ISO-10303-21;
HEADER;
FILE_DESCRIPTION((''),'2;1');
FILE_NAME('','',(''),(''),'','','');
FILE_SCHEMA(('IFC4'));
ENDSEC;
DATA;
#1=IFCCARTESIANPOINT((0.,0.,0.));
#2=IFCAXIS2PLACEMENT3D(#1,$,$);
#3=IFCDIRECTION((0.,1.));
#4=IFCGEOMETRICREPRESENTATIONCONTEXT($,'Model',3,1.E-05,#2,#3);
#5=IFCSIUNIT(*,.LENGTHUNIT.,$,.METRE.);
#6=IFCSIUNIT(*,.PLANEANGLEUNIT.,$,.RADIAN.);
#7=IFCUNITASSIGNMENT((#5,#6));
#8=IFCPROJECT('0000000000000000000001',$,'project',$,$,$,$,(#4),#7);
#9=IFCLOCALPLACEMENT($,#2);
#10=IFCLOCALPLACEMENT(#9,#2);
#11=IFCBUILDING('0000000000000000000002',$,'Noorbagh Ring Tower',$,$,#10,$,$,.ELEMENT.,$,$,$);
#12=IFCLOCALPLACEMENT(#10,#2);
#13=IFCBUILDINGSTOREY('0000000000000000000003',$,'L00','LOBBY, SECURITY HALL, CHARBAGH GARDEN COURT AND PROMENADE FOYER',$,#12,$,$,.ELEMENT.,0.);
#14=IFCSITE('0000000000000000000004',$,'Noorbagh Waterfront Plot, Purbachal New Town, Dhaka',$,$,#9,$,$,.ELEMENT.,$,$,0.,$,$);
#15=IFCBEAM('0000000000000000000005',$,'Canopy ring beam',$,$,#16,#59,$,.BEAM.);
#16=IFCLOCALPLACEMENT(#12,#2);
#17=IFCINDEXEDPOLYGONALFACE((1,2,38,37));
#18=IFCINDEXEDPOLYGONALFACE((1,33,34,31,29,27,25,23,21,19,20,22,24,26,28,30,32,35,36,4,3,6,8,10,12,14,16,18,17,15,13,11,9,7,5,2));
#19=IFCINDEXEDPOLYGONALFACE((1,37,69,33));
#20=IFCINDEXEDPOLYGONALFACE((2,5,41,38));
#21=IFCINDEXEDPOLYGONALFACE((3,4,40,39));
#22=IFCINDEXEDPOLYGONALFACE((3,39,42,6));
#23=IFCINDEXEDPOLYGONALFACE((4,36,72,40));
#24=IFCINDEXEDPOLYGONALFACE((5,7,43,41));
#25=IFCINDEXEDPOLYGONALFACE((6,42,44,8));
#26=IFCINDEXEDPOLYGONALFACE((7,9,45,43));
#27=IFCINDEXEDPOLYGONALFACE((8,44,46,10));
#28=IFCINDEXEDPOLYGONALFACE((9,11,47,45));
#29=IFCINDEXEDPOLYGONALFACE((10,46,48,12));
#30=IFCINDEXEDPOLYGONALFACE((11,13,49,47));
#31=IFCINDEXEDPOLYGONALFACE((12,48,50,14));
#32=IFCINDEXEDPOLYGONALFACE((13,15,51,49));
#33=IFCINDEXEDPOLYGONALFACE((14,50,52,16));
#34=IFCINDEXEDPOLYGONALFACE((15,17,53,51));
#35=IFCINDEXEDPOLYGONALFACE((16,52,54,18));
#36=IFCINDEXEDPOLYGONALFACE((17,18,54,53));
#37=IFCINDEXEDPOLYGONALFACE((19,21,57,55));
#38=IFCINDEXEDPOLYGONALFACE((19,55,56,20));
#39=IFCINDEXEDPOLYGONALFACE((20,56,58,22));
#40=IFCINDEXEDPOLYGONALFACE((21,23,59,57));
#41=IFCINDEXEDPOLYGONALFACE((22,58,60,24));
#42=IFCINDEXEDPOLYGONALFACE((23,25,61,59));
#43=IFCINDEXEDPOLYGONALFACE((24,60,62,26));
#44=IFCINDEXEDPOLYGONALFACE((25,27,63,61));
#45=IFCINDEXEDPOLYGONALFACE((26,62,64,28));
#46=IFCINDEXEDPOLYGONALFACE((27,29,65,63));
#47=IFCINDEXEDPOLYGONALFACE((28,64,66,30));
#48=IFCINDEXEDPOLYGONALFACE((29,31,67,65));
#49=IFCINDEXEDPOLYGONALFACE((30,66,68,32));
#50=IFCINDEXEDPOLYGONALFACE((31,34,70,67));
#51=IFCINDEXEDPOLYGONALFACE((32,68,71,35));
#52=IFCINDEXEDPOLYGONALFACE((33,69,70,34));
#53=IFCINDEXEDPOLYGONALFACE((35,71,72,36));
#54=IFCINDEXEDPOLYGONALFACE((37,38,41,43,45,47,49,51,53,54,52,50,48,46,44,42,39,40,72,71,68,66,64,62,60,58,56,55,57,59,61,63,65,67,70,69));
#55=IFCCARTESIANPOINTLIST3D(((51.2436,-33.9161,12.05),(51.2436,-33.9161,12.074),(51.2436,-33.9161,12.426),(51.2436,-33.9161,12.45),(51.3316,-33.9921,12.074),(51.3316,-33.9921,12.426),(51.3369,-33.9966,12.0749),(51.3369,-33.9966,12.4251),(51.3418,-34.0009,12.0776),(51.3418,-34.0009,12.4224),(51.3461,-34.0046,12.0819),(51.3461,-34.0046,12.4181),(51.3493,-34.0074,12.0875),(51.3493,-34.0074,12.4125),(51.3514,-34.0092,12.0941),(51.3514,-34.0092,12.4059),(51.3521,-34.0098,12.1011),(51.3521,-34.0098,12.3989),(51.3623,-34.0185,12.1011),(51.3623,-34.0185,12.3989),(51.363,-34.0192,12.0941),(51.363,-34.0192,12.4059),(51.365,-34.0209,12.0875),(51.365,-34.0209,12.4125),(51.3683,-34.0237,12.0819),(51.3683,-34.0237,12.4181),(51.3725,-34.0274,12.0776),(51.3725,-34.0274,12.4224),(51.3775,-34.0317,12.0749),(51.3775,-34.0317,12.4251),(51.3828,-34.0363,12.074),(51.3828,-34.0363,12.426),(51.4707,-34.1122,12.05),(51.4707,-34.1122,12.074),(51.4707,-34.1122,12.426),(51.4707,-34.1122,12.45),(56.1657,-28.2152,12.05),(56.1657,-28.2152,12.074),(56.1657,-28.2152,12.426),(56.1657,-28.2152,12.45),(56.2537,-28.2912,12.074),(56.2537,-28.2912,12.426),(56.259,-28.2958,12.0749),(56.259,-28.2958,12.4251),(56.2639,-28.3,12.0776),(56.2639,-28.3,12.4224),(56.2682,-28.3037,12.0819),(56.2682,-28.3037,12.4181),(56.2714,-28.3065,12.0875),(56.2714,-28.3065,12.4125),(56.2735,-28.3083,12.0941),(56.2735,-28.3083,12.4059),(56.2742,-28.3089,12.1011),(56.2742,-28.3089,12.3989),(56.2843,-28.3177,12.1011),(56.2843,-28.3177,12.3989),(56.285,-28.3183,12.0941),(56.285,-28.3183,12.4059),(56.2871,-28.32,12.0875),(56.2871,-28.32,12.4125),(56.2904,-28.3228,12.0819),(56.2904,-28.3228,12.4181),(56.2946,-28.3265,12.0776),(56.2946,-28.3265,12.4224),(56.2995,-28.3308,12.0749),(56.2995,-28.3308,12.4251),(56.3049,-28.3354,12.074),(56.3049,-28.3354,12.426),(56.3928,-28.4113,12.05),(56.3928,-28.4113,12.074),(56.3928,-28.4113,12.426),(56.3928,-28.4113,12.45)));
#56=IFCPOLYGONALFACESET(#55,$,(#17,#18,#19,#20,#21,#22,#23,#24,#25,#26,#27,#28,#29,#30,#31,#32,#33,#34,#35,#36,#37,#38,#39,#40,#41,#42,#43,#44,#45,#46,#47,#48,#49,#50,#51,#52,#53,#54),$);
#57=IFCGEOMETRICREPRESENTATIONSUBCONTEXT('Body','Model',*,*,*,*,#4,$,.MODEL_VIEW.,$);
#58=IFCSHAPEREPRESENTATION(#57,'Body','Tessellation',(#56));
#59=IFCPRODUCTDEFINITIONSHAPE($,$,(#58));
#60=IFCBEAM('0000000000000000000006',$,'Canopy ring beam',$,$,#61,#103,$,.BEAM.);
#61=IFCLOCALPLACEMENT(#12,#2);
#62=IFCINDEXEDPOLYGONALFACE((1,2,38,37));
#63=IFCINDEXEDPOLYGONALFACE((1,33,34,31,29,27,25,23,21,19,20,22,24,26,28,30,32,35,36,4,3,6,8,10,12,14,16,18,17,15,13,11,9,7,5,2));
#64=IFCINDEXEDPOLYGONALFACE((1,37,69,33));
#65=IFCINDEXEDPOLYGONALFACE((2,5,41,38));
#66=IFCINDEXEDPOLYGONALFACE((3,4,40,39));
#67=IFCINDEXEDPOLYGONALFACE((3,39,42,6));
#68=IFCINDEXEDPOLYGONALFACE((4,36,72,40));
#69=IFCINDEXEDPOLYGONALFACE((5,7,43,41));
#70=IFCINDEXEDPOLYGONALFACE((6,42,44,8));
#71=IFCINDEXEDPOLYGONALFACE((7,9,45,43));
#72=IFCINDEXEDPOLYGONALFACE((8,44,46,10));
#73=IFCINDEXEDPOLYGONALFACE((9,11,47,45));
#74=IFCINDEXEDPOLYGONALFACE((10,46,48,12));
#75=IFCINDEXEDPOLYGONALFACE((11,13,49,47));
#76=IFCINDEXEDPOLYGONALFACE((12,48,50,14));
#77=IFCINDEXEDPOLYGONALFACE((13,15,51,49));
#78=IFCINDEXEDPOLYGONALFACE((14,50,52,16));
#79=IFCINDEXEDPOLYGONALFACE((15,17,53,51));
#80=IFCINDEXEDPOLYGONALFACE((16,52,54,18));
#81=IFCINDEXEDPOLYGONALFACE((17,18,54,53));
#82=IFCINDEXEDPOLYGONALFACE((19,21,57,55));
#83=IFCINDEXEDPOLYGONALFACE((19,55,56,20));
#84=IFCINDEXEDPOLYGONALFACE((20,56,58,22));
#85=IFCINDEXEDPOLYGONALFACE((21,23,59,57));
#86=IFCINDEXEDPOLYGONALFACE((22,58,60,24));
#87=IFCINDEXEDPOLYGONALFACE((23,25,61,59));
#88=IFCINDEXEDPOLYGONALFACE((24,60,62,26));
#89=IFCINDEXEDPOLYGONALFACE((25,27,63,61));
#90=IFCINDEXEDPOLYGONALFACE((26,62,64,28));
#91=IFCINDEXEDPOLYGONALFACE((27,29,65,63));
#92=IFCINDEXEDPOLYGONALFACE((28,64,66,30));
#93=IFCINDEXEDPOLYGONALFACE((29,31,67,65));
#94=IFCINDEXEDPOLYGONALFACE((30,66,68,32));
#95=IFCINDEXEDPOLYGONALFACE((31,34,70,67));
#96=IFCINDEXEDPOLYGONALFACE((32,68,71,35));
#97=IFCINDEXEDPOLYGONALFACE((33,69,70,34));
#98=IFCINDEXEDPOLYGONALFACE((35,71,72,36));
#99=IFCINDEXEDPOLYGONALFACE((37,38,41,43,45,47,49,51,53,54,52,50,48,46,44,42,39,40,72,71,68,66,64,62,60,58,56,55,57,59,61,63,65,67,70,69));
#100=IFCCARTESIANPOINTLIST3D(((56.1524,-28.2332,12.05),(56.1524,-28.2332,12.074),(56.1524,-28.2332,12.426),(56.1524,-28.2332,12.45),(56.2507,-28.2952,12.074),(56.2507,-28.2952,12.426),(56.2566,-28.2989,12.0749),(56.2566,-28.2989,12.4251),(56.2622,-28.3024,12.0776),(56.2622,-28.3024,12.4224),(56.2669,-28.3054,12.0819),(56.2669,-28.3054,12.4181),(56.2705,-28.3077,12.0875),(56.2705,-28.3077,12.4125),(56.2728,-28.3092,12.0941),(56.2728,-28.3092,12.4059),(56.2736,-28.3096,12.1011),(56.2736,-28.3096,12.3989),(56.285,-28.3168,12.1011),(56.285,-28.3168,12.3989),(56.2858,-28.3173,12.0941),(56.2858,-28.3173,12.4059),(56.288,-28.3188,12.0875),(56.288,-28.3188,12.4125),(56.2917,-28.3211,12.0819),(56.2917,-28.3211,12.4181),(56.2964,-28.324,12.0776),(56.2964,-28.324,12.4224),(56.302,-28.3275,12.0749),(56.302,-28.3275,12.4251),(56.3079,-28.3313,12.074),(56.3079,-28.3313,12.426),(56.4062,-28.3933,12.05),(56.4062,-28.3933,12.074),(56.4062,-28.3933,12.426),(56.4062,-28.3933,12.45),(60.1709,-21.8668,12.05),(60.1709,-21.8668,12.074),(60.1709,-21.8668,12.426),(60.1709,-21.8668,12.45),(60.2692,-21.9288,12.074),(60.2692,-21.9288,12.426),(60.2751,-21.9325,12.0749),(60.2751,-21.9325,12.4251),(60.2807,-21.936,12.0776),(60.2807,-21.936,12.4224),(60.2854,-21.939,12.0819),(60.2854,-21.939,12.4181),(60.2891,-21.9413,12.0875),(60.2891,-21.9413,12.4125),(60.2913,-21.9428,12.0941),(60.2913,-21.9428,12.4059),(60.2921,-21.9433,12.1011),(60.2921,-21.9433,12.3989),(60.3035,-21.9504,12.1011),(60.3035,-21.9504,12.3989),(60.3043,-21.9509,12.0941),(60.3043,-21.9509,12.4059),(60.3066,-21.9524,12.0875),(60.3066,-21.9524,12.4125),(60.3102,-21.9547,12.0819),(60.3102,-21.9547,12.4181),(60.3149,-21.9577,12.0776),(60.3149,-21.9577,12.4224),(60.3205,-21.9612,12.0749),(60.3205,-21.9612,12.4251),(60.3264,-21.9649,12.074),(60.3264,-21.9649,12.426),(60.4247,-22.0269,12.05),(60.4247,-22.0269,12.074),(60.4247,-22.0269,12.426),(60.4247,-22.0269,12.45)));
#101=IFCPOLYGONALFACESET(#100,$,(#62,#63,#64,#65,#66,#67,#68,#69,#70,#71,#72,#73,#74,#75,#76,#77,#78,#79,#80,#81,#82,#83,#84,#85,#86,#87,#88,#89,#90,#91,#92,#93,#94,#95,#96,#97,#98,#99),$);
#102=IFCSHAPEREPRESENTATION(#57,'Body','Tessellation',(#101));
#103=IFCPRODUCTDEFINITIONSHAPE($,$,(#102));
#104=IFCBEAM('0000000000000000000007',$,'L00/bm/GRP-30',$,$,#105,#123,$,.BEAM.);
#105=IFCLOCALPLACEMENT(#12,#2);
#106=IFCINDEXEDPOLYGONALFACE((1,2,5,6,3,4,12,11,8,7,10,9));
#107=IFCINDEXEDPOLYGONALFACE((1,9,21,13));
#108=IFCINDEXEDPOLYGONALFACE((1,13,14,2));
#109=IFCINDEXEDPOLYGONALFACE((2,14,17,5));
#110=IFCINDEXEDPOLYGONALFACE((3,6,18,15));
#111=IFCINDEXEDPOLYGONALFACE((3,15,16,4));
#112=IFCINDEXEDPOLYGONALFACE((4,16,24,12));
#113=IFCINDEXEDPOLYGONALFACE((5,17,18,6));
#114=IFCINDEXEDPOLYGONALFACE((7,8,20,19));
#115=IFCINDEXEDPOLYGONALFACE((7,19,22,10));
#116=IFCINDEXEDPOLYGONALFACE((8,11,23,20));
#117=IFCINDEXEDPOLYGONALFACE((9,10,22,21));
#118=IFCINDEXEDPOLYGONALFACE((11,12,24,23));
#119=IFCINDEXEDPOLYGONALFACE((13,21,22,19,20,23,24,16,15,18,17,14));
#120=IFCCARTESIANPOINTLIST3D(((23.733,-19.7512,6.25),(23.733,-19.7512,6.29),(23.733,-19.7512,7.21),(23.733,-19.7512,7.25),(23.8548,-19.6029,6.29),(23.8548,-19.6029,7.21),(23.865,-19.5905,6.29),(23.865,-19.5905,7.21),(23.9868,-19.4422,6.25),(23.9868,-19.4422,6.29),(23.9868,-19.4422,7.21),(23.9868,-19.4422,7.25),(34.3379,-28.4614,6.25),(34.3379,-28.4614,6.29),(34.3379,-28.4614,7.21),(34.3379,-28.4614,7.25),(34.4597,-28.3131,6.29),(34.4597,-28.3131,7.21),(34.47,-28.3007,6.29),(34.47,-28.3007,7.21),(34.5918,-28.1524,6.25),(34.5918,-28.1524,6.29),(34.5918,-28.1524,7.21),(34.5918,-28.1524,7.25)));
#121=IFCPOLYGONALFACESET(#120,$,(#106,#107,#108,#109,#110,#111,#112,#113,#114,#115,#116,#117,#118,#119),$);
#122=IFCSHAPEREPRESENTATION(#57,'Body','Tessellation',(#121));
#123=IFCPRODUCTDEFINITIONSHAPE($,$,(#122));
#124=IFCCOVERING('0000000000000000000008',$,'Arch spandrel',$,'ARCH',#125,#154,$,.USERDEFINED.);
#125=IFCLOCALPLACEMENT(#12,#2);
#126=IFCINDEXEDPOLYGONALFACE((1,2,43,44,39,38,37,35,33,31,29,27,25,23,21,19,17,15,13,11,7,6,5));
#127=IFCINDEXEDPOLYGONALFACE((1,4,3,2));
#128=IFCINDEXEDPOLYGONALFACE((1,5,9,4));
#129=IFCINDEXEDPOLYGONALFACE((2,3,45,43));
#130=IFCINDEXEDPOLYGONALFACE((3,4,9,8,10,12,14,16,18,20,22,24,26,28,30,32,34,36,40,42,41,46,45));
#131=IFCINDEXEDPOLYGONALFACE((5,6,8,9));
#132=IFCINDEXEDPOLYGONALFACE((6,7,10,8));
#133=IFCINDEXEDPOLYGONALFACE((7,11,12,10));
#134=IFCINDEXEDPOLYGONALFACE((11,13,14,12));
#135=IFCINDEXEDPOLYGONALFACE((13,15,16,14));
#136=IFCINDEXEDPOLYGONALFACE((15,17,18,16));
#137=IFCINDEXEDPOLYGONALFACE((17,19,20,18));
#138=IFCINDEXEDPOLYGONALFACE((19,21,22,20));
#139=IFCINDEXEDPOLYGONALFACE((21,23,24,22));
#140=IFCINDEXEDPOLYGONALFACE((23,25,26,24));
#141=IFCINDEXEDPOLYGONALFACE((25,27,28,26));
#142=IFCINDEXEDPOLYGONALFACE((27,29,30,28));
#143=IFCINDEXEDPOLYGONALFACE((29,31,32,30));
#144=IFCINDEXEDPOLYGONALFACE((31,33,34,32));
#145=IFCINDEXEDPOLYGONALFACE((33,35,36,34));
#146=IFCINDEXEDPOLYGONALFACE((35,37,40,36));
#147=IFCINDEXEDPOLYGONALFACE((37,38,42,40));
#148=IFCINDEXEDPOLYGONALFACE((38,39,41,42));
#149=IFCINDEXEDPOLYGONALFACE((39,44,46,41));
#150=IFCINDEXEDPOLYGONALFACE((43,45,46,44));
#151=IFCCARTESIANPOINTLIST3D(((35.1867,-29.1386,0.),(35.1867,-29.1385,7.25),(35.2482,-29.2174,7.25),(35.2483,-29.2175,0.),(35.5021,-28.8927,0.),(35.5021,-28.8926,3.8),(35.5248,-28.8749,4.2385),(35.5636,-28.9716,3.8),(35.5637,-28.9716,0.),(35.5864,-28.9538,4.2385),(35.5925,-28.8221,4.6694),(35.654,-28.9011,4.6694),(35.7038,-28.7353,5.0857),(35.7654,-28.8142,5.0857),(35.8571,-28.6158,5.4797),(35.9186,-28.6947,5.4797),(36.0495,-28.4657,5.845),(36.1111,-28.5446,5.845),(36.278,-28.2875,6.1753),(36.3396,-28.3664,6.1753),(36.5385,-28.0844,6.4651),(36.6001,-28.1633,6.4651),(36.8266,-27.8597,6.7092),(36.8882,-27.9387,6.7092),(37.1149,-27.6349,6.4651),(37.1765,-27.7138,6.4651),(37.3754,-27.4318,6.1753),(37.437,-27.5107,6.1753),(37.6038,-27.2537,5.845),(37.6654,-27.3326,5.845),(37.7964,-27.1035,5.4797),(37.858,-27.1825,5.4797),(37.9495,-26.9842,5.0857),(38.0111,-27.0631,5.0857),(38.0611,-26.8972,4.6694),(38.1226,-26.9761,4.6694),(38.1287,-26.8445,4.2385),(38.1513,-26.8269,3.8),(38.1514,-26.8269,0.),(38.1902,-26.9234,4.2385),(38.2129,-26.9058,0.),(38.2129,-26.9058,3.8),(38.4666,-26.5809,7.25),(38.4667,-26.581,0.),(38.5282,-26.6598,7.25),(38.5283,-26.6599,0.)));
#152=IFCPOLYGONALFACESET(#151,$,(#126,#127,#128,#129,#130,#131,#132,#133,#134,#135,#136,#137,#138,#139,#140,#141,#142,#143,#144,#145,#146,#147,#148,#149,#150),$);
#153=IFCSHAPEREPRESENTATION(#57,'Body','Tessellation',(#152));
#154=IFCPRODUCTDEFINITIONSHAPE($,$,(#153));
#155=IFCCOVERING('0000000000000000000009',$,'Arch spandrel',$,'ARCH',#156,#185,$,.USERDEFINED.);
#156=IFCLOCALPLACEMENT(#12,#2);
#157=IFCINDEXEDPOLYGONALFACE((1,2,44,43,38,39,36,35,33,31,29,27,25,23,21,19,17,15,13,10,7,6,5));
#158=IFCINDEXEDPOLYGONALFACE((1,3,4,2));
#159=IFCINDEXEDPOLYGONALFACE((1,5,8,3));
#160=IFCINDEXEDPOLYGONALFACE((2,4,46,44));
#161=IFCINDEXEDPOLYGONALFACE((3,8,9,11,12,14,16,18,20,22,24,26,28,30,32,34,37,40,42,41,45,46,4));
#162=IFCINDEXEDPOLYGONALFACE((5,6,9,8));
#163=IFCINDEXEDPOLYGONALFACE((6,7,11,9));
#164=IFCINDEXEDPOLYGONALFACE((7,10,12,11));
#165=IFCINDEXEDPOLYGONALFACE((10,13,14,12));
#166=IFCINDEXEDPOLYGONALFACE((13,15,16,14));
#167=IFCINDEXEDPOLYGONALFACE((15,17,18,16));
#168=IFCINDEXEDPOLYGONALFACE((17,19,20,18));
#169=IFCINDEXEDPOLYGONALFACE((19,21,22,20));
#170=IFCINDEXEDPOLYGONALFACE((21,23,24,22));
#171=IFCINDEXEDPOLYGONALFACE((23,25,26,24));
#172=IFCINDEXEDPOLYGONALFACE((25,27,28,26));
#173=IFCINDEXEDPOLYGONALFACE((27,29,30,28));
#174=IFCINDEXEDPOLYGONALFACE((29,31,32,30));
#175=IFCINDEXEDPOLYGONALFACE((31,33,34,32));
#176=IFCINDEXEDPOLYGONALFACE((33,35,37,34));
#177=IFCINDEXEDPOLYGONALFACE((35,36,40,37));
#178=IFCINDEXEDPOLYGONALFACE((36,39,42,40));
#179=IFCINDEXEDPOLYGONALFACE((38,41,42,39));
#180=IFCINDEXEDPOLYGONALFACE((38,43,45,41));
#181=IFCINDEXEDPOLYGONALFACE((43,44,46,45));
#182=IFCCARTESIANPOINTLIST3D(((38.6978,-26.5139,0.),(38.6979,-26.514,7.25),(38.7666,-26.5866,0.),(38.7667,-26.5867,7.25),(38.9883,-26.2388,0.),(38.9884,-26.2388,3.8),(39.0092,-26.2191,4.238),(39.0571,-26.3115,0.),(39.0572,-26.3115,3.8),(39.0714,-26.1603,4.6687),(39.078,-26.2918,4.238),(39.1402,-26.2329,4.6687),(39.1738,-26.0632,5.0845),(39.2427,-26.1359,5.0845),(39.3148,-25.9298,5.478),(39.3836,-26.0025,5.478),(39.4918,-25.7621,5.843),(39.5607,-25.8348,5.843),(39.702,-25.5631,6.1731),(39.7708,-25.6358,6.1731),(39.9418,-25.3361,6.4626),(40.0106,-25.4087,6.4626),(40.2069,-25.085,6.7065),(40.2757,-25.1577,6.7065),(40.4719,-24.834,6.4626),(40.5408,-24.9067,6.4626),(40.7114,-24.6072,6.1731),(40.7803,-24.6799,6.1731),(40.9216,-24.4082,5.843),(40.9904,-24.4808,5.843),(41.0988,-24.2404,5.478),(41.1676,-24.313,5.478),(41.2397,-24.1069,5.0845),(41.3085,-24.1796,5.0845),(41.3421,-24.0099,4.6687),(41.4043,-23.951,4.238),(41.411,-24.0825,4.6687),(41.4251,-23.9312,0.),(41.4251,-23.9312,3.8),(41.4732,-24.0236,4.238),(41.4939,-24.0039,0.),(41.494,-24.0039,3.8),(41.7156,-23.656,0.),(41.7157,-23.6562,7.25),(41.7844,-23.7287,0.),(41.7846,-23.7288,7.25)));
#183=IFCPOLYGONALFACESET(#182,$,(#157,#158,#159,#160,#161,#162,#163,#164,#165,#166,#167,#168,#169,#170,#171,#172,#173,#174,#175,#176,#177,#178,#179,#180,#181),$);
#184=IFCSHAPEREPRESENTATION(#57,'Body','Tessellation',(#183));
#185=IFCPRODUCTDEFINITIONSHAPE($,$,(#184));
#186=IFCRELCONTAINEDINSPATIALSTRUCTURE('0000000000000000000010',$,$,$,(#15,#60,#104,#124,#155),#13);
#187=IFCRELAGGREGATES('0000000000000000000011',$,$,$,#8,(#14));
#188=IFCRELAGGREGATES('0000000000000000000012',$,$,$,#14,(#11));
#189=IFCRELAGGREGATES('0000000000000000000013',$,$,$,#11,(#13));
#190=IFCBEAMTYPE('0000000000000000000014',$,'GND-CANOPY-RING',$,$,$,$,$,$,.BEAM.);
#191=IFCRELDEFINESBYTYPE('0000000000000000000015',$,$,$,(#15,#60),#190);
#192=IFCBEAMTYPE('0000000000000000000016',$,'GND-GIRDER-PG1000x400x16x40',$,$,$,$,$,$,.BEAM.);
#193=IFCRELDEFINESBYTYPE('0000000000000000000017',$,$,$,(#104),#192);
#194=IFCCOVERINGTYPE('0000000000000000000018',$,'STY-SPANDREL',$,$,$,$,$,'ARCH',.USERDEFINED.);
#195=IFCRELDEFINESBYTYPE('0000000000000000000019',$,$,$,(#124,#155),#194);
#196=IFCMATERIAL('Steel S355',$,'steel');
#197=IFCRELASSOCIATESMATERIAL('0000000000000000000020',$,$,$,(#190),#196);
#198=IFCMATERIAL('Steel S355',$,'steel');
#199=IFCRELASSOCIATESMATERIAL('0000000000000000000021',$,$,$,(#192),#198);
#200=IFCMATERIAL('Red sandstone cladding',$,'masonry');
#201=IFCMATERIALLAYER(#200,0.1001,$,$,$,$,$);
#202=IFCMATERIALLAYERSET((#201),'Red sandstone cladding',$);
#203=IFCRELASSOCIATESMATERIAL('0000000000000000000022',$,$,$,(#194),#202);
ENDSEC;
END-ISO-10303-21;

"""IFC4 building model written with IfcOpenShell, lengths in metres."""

from ifc_helpers import new_model, si_unit, direction, frame, origin, origin_2d, place, context, subcontext, project, spatial, polyline, i_section, outline, extrude, material, layer, layer_set, material_profile, profile_set, type_object, element, save


model = new_model("IFC4")

# Units and contexts
model_context = context("Model", 3, precision=1e-05, world=origin(), true_north=direction((0.0, 1.0)))
body_context = subcontext(model_context, "Body", "Model", "MODEL_VIEW")
ifc_project = project(units=[si_unit("LENGTHUNIT", "METRE"), si_unit("PLANEANGLEUNIT", "RADIAN")], contexts=[model_context])

# Site, building, storey
site_placement = place(None, origin())
site = spatial("IfcSite", under=ifc_project, at=site_placement, Name="Noorbagh Waterfront Plot, Purbachal New Town, Dhaka", CompositionType="ELEMENT", RefElevation=0.0)
building_placement = place(site_placement, origin())
building = spatial("IfcBuilding", under=site, at=building_placement, Name="Noorbagh Ring Tower", CompositionType="ELEMENT")
storey_placement = place(building_placement, origin())
storey = spatial("IfcBuildingStorey", under=building, at=storey_placement, Name="L00", Description="LOBBY, SECURITY HALL, CHARBAGH GARDEN COURT AND PROMENADE FOYER", CompositionType="ELEMENT", Elevation=0.0)

# Beams
ifc_material_1 = material(Name="Steel S355", Category="steel")
ifc_material_profile_1 = material_profile(ifc_material_1, i_section(OverallWidth=0.3, OverallDepth=0.3999, WebThickness=0.0134, FlangeThickness=0.0239, FilletRadius=0.0271, at=origin_2d()), Name="HEB400")
ifc_profile_set_1 = profile_set([ifc_material_profile_1], Name="Steel S355")
beam_type_1 = type_object("IfcBeamType", Name="GND-CANOPY-RING", PredefinedType="BEAM", material=ifc_profile_set_1)
beam_1_placement = place(storey_placement, frame((51.3572, -34.0142, 12.25), z_axis=(0.653513, 0.756916, 0.0), x_axis=(-0.756916, 0.653513, 0.0)))
element("IfcBeam", 1, at=beam_1_placement, inside=storey, type_object=beam_type_1, Name="Canopy ring beam", PredefinedType="BEAM", context=body_context, shape_type="SweptSolid", body=[
    extrude(i_section(OverallWidth=0.3, OverallDepth=0.3999, WebThickness=0.0134, FlangeThickness=0.0239, FilletRadius=0.0271, at=origin_2d()), origin(), (0.0, 0.0, 1.0), 7.5317),
])
beam_2_placement = place(storey_placement, frame((56.2793, -28.3132, 12.25), z_axis=(0.533768, 0.845631, 0.0), x_axis=(-0.845631, 0.533768, 0.0)))
element("IfcBeam", 2, at=beam_2_placement, inside=storey, type_object=beam_type_1, Name="Canopy ring beam", PredefinedType="BEAM", context=body_context, shape_type="SweptSolid", body=[
    extrude(i_section(OverallWidth=0.3, OverallDepth=0.3999, WebThickness=0.0134, FlangeThickness=0.0239, FilletRadius=0.0271, at=origin_2d()), origin(), (0.0, 0.0, 1.0), 7.5286),
])
ifc_material_2 = material(Name="Steel S355", Category="steel")
ifc_material_profile_2 = material_profile(ifc_material_2, i_section(OverallWidth=0.3999, OverallDepth=1.0, WebThickness=0.0161, FlangeThickness=0.04, at=origin_2d()), Name="PG1000x400x16x40")
ifc_profile_set_2 = profile_set([ifc_material_profile_2], Name="Steel S355")
beam_type_2 = type_object("IfcBeamType", Name="GND-GIRDER-PG1000x400x16x40", PredefinedType="BEAM", material=ifc_profile_set_2)
beam_3_placement = place(storey_placement, frame((34.4648, -28.3069, 6.75), z_axis=(-0.772763, 0.634695, 0.0), x_axis=(-0.634695, -0.772763, 0.0)))
element("IfcBeam", 3, at=beam_3_placement, inside=storey, type_object=beam_type_2, Name="L00/bm/GRP-30", PredefinedType="BEAM", context=body_context, shape_type="SweptSolid", body=[
    extrude(i_section(OverallWidth=0.3999, OverallDepth=1.0, WebThickness=0.0161, FlangeThickness=0.04, at=origin_2d()), origin(), (0.0, 0.0, 1.0), 13.7234),
])

# Coverings
ifc_material_3 = material(Name="Red sandstone cladding", Category="masonry")
ifc_layer_1 = layer(ifc_material_3, 0.1001)
ifc_layer_set_1 = layer_set([ifc_layer_1], Name="Red sandstone cladding")
covering_type = type_object("IfcCoveringType", Name="STY-SPANDREL", ElementType="ARCH", PredefinedType="USERDEFINED", material=ifc_layer_set_1)
covering_1_placement = place(storey_placement, frame((35.2483, -29.2175, 0.0), z_axis=(0.614914, -0.788594, 0.000018), x_axis=(0.788594, 0.614914, 0.0)))
element("IfcCovering", 4, at=covering_1_placement, inside=storey, type_object=covering_type, Name="Arch spandrel", ObjectType="ARCH", PredefinedType="USERDEFINED", context=body_context, shape_type="SweptSolid", body=[
    extrude(outline(polyline([(0.0, 0.0), (0.3999, 0.0), (0.3999, 3.8), (0.4288, 4.2385), (0.5145, 4.6694), (0.6558, 5.0857), (0.8501, 5.4797), (1.0941, 5.845), (1.3839, 6.1753), (1.7143, 6.4651), (2.0796, 6.7092), (2.4452, 6.4651), (2.7755, 6.1753), (3.0651, 5.845), (3.3094, 5.4797), (3.5035, 5.0857), (3.6449, 4.6694), (3.7307, 4.2385), (3.7594, 3.8), (3.7594, 0.0), (4.1593, 0.0), (4.1593, 7.25), (0.0, 7.25), (0.0, 0.0)])), origin(), (0.0, 0.0, -1.0), 0.1001),
])
covering_2_placement = place(storey_placement, frame((38.6978, -26.5139, 0.0), z_axis=(-0.687598, 0.726092, 0.000024), x_axis=(0.726092, 0.687598, 0.0)))
element("IfcCovering", 5, at=covering_2_placement, inside=storey, type_object=covering_type, Name="Arch spandrel", ObjectType="ARCH", PredefinedType="USERDEFINED", context=body_context, shape_type="SweptSolid", body=[
    extrude(outline(polyline([(0.0, 0.0), (0.4001, 0.0), (0.4001, -3.8), (0.4288, -4.238), (0.5145, -4.6687), (0.6556, -5.0845), (0.8497, -5.478), (1.0935, -5.843), (1.383, -6.1731), (1.7132, -6.4626), (2.0782, -6.7065), (2.4433, -6.4626), (2.7732, -6.1731), (3.0626, -5.843), (3.3066, -5.478), (3.5008, -5.0845), (3.6419, -4.6687), (3.7275, -4.238), (3.7562, -3.8), (3.7562, 0.0), (4.1563, 0.0), (4.1563, -7.25), (0.0, -7.25), (0.0, 0.0)])), origin(), (0.0, 0.0, -1.0), 0.1001),
])

save(model, "model.ifc")
